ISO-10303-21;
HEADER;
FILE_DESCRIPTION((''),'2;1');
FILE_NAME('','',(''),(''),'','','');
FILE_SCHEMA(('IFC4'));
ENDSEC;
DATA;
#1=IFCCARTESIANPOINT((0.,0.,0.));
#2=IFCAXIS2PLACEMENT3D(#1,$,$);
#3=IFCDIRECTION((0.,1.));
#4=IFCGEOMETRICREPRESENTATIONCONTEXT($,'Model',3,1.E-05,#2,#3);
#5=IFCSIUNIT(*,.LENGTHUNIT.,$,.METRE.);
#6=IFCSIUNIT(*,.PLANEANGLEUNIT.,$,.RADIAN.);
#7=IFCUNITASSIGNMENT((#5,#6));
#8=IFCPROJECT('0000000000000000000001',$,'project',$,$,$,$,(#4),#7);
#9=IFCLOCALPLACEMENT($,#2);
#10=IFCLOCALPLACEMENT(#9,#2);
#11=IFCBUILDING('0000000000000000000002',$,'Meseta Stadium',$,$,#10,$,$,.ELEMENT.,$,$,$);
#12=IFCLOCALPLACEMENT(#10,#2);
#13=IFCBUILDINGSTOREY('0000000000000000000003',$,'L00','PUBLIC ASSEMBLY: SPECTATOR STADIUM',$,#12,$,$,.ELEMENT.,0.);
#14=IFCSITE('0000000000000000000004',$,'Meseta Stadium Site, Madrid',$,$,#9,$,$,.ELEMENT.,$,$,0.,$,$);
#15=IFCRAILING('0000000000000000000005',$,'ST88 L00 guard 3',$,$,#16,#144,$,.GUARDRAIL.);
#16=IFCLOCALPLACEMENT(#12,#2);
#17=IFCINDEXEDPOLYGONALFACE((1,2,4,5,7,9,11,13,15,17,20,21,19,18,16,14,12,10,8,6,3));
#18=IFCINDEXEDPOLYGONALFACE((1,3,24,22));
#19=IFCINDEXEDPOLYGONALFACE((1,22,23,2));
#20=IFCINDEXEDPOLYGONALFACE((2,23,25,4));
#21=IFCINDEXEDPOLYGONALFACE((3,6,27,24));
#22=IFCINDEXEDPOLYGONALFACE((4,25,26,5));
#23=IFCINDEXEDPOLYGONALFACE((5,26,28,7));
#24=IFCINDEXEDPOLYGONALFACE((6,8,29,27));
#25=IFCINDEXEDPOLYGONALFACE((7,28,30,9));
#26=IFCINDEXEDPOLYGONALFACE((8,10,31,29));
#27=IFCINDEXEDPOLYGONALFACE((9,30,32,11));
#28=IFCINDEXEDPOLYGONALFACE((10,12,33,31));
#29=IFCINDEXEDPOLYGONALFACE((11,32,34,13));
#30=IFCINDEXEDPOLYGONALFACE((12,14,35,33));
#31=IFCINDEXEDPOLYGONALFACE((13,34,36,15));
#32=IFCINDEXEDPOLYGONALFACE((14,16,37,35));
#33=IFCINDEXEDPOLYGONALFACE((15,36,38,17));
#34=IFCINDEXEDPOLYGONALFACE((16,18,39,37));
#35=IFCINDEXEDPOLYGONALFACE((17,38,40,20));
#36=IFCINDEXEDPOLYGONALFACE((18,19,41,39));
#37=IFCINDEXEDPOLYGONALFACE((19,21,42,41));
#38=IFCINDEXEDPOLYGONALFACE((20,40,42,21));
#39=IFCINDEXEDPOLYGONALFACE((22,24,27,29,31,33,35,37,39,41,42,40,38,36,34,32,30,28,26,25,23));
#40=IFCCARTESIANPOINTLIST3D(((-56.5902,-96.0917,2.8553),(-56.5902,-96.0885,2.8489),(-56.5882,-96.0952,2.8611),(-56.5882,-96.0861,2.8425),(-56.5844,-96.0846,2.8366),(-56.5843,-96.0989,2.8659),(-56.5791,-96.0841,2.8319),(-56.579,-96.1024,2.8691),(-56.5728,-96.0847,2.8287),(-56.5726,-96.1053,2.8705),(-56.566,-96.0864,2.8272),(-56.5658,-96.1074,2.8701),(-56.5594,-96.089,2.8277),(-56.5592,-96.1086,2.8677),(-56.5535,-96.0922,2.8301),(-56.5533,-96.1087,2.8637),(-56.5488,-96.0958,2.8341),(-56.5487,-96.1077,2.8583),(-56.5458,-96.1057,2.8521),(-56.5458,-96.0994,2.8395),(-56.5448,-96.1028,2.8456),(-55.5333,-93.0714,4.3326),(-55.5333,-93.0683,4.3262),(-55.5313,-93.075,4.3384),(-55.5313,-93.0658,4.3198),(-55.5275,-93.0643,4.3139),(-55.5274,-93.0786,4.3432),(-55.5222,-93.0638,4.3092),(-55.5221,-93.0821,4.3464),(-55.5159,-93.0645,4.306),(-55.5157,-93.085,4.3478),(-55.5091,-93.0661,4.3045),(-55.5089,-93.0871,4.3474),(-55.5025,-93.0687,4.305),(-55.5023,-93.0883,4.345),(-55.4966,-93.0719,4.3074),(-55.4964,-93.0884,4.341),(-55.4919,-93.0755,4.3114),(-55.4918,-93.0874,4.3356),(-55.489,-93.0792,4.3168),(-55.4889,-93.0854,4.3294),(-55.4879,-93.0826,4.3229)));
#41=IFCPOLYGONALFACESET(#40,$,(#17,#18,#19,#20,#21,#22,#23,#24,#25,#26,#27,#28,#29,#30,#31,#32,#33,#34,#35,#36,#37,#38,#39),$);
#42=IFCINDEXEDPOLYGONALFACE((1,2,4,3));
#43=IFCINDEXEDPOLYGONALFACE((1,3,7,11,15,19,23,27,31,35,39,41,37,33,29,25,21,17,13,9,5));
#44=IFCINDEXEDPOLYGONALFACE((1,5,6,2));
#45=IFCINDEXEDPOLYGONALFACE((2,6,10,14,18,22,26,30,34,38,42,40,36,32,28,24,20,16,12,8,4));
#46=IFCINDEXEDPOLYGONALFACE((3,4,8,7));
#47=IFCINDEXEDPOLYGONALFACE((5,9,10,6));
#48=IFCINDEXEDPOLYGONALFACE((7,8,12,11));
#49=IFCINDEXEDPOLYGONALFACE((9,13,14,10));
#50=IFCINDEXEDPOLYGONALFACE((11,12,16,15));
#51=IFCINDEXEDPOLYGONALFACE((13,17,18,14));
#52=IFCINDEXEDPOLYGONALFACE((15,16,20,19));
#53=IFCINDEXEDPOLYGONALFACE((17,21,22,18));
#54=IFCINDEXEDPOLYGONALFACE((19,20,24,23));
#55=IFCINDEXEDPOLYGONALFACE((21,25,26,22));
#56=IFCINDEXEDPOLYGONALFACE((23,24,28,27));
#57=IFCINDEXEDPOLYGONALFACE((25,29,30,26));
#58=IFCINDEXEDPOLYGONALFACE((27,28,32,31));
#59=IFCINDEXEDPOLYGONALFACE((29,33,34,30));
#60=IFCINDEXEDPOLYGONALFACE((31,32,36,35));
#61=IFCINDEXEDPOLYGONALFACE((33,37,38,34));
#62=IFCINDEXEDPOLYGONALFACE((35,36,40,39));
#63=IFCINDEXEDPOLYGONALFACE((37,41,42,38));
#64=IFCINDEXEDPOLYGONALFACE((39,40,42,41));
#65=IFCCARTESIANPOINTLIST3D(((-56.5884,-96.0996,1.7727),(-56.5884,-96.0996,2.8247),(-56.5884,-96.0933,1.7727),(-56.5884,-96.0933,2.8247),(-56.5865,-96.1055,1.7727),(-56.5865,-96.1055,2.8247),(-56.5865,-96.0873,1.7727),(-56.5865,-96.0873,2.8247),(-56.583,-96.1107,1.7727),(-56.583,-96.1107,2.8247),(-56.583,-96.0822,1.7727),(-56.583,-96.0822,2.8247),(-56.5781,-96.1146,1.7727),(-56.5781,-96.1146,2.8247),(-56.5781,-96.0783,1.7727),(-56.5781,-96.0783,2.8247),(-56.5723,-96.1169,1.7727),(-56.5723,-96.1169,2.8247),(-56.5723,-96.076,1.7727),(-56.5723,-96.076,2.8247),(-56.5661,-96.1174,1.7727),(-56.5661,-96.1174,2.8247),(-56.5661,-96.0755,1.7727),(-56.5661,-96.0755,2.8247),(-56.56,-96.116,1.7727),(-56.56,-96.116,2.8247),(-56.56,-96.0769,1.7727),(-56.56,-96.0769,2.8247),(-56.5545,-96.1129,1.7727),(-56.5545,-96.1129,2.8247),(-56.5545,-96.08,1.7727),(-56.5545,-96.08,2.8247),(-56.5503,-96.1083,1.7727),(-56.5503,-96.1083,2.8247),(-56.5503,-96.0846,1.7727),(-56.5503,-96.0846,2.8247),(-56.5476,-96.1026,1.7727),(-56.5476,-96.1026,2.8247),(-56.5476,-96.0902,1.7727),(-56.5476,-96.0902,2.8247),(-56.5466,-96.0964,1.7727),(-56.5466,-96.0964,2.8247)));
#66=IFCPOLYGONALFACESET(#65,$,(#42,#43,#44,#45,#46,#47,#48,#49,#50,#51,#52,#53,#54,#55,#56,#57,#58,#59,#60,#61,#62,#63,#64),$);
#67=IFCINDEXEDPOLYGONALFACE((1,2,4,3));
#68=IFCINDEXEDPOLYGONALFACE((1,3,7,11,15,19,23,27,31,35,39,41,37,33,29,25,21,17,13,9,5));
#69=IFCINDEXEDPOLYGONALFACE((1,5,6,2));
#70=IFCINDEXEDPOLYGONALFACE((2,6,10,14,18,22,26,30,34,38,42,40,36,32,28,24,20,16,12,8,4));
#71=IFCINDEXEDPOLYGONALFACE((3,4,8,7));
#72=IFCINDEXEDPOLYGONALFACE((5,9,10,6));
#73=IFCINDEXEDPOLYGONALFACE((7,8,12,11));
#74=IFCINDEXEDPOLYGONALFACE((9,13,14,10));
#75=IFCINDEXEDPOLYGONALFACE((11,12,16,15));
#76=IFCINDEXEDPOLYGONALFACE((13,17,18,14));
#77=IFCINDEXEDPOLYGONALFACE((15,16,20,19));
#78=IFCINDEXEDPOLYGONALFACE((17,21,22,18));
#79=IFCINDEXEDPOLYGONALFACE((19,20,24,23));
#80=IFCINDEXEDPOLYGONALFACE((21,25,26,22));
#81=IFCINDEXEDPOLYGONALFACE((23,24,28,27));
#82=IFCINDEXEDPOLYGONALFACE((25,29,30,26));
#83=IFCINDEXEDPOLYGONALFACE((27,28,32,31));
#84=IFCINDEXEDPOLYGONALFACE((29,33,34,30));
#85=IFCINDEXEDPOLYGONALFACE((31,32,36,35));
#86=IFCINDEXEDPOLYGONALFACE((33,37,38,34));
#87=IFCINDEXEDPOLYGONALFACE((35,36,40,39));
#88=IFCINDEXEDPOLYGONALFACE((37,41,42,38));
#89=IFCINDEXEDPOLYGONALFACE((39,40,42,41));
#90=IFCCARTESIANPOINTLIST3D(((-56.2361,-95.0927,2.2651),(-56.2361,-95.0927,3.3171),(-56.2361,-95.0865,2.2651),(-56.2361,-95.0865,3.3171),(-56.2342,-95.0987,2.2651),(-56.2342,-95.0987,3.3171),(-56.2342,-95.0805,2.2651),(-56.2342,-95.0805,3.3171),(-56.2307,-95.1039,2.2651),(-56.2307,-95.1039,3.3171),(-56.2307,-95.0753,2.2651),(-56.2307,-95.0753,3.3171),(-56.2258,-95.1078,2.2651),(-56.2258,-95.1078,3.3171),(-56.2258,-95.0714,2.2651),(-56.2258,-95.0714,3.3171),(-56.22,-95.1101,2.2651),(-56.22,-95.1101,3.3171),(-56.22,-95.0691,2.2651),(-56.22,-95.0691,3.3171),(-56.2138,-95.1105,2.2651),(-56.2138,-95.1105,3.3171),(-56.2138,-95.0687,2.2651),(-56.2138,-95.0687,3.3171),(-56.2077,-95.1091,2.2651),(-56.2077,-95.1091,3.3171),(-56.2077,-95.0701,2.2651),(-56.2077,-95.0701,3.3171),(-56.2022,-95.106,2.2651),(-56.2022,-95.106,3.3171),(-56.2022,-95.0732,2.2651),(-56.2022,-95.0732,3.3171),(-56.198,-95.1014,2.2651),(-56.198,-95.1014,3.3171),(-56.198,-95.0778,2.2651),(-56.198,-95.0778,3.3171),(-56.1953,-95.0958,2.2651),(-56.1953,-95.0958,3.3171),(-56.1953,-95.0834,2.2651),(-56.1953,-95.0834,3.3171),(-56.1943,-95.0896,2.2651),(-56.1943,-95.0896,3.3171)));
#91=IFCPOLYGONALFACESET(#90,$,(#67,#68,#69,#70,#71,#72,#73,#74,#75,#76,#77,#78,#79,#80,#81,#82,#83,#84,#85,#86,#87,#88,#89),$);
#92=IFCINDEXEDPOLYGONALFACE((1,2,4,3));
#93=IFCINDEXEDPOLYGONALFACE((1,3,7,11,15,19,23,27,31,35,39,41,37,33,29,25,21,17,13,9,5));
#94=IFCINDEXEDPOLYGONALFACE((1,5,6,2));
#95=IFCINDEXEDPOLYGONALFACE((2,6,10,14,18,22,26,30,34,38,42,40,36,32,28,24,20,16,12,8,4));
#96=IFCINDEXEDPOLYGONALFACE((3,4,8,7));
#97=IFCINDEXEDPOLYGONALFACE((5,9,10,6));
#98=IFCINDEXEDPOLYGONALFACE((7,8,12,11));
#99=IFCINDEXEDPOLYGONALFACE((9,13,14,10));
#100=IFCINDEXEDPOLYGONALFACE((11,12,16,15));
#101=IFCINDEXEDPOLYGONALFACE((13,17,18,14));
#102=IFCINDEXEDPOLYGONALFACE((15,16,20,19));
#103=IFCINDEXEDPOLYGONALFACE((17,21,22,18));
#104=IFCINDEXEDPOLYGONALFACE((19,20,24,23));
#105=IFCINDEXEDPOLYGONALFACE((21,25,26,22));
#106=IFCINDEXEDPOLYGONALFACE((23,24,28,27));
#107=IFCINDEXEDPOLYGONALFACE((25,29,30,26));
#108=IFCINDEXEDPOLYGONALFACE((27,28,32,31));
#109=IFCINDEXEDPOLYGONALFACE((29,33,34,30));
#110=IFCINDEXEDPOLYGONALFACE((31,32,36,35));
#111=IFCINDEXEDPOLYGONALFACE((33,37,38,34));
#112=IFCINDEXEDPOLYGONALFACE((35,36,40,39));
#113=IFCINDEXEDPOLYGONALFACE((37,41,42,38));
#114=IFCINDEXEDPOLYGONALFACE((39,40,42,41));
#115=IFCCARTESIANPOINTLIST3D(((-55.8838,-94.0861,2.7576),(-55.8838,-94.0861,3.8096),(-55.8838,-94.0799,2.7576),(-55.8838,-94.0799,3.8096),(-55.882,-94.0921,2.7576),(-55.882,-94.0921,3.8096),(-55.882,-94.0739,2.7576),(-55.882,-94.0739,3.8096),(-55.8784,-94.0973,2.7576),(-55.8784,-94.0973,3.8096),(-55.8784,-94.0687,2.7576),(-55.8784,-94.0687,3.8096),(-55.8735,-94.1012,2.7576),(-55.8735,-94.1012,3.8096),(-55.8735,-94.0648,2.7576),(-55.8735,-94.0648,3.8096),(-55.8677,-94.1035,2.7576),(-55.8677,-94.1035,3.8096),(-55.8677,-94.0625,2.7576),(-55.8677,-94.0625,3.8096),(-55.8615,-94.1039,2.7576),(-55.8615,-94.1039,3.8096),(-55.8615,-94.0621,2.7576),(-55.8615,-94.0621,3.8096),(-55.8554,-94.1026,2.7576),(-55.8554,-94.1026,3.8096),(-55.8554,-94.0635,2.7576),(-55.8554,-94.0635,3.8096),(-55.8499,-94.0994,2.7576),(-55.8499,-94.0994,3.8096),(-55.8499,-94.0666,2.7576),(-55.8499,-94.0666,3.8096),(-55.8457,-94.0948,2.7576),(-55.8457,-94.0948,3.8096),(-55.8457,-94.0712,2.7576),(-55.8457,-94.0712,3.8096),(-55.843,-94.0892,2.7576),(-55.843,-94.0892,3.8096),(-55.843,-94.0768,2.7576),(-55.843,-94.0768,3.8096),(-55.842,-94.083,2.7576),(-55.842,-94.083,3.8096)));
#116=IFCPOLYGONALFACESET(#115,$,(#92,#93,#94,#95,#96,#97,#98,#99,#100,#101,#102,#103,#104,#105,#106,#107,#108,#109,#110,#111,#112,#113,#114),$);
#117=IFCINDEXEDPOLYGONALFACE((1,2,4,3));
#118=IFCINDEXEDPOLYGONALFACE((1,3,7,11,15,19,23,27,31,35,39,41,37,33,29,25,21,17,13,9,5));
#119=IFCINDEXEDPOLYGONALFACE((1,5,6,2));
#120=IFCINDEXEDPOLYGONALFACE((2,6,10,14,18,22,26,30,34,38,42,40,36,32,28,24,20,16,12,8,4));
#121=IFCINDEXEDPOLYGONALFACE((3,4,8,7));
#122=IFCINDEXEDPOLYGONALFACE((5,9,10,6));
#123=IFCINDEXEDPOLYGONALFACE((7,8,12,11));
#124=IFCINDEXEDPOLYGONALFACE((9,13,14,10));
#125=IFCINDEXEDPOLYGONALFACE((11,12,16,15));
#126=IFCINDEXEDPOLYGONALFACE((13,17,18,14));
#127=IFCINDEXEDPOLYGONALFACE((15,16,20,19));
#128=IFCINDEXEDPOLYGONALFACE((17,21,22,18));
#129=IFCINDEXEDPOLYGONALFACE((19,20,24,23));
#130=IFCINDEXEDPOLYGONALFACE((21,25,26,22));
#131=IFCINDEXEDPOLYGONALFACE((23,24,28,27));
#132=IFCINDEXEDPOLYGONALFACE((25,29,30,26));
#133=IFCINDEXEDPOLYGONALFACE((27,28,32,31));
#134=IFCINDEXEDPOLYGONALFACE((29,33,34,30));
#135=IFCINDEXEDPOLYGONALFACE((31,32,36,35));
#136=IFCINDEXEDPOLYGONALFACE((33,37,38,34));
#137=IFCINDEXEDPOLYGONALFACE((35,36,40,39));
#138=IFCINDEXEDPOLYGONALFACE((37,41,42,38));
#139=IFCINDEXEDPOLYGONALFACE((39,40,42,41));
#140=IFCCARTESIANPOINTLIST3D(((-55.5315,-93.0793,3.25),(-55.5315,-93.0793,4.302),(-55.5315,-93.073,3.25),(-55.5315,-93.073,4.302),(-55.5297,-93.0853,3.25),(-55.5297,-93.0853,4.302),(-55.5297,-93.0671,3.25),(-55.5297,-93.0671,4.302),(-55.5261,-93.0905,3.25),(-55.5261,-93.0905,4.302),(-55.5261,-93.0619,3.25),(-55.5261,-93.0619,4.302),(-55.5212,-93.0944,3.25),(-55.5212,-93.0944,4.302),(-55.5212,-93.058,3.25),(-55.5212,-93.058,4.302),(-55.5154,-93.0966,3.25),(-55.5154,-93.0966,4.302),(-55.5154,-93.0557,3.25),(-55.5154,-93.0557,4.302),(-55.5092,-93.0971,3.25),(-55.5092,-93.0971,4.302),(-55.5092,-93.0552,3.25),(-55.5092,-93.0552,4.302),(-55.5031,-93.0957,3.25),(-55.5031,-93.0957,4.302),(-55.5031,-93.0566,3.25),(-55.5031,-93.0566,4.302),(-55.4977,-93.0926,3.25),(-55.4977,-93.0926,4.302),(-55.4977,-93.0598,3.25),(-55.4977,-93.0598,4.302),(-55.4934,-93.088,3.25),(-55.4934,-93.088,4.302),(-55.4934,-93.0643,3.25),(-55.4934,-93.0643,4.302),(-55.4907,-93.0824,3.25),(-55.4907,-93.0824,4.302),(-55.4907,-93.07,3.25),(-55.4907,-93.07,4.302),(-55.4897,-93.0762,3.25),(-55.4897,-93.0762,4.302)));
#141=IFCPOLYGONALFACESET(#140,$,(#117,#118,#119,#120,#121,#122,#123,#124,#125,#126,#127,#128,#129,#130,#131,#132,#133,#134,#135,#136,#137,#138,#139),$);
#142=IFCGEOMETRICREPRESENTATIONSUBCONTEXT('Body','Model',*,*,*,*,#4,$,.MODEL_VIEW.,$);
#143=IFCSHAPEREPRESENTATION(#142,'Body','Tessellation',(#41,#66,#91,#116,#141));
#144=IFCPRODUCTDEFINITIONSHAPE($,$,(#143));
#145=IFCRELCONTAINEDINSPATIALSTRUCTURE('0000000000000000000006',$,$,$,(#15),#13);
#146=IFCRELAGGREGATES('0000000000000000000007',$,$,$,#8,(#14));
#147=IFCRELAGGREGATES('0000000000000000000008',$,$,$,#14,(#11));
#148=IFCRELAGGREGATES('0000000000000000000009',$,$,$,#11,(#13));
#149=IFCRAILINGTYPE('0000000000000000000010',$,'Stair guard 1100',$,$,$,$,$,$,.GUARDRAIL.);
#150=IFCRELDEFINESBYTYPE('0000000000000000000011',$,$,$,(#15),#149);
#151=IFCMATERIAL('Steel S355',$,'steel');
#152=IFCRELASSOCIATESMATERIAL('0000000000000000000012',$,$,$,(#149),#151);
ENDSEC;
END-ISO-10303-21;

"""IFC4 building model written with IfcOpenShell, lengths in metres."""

from ifc_helpers import new_model, si_unit, direction, frame, origin, origin_2d, place, context, subcontext, project, spatial, circle, extrude, material, type_object, element, save


model = new_model("IFC4")

# Units and contexts
model_context = context("Model", 3, precision=1e-05, world=origin(), true_north=direction((0.0, 1.0)))
body_context = subcontext(model_context, "Body", "Model", "MODEL_VIEW")
ifc_project = project(units=[si_unit("LENGTHUNIT", "METRE"), si_unit("PLANEANGLEUNIT", "RADIAN")], contexts=[model_context])

# Site, building, storey
site_placement = place(None, origin())
site = spatial("IfcSite", under=ifc_project, at=site_placement, Name="Meseta Stadium Site, Madrid", CompositionType="ELEMENT", RefElevation=0.0)
building_placement = place(site_placement, origin())
building = spatial("IfcBuilding", under=site, at=building_placement, Name="Meseta Stadium", CompositionType="ELEMENT")
storey_placement = place(building_placement, origin())
storey = spatial("IfcBuildingStorey", under=building, at=storey_placement, Name="L00", Description="PUBLIC ASSEMBLY: SPECTATOR STADIUM", CompositionType="ELEMENT", Elevation=0.0)

# Railing
ifc_material_1 = material(Name="Steel S355", Category="steel")
railing_type_1 = type_object("IfcRailingType", Name="Stair guard 1100", PredefinedType="GUARDRAIL", material=ifc_material_1)
railing_1_placement = place(storey_placement, frame((-56.5676, -96.0964, 1.7727)))
element("IfcRailing", 1, at=railing_1_placement, inside=storey, type_object=railing_type_1, Name="ST88 L00 guard 3", PredefinedType="GUARDRAIL", context=body_context, shape_type="SweptSolid", body=[
    extrude(circle(Radius=0.0239, at=origin_2d()), frame((0.0, 0.0, 1.0762), z_axis=(0.299876, 0.856958, 0.419162), x_axis=(-0.943879, 0.330293, 0.0)), (0.0, 0.0, 1.0), 3.5244),
    extrude(circle(Radius=0.021, at=origin_2d()), origin(), (0.0, 0.0, 1.0), 1.052),
    extrude(circle(Radius=0.021, at=origin_2d()), frame((0.3523, 1.0068, 0.4924)), (0.0, 0.0, 1.0), 1.052),
    extrude(circle(Radius=0.021, at=origin_2d()), frame((0.7046, 2.0134, 0.9849)), (0.0, 0.0, 1.0), 1.052),
    extrude(circle(Radius=0.021, at=origin_2d()), frame((1.0569, 3.0203, 1.4773)), (0.0, 0.0, 1.0), 1.052),
])

save(model, "model.ifc")
